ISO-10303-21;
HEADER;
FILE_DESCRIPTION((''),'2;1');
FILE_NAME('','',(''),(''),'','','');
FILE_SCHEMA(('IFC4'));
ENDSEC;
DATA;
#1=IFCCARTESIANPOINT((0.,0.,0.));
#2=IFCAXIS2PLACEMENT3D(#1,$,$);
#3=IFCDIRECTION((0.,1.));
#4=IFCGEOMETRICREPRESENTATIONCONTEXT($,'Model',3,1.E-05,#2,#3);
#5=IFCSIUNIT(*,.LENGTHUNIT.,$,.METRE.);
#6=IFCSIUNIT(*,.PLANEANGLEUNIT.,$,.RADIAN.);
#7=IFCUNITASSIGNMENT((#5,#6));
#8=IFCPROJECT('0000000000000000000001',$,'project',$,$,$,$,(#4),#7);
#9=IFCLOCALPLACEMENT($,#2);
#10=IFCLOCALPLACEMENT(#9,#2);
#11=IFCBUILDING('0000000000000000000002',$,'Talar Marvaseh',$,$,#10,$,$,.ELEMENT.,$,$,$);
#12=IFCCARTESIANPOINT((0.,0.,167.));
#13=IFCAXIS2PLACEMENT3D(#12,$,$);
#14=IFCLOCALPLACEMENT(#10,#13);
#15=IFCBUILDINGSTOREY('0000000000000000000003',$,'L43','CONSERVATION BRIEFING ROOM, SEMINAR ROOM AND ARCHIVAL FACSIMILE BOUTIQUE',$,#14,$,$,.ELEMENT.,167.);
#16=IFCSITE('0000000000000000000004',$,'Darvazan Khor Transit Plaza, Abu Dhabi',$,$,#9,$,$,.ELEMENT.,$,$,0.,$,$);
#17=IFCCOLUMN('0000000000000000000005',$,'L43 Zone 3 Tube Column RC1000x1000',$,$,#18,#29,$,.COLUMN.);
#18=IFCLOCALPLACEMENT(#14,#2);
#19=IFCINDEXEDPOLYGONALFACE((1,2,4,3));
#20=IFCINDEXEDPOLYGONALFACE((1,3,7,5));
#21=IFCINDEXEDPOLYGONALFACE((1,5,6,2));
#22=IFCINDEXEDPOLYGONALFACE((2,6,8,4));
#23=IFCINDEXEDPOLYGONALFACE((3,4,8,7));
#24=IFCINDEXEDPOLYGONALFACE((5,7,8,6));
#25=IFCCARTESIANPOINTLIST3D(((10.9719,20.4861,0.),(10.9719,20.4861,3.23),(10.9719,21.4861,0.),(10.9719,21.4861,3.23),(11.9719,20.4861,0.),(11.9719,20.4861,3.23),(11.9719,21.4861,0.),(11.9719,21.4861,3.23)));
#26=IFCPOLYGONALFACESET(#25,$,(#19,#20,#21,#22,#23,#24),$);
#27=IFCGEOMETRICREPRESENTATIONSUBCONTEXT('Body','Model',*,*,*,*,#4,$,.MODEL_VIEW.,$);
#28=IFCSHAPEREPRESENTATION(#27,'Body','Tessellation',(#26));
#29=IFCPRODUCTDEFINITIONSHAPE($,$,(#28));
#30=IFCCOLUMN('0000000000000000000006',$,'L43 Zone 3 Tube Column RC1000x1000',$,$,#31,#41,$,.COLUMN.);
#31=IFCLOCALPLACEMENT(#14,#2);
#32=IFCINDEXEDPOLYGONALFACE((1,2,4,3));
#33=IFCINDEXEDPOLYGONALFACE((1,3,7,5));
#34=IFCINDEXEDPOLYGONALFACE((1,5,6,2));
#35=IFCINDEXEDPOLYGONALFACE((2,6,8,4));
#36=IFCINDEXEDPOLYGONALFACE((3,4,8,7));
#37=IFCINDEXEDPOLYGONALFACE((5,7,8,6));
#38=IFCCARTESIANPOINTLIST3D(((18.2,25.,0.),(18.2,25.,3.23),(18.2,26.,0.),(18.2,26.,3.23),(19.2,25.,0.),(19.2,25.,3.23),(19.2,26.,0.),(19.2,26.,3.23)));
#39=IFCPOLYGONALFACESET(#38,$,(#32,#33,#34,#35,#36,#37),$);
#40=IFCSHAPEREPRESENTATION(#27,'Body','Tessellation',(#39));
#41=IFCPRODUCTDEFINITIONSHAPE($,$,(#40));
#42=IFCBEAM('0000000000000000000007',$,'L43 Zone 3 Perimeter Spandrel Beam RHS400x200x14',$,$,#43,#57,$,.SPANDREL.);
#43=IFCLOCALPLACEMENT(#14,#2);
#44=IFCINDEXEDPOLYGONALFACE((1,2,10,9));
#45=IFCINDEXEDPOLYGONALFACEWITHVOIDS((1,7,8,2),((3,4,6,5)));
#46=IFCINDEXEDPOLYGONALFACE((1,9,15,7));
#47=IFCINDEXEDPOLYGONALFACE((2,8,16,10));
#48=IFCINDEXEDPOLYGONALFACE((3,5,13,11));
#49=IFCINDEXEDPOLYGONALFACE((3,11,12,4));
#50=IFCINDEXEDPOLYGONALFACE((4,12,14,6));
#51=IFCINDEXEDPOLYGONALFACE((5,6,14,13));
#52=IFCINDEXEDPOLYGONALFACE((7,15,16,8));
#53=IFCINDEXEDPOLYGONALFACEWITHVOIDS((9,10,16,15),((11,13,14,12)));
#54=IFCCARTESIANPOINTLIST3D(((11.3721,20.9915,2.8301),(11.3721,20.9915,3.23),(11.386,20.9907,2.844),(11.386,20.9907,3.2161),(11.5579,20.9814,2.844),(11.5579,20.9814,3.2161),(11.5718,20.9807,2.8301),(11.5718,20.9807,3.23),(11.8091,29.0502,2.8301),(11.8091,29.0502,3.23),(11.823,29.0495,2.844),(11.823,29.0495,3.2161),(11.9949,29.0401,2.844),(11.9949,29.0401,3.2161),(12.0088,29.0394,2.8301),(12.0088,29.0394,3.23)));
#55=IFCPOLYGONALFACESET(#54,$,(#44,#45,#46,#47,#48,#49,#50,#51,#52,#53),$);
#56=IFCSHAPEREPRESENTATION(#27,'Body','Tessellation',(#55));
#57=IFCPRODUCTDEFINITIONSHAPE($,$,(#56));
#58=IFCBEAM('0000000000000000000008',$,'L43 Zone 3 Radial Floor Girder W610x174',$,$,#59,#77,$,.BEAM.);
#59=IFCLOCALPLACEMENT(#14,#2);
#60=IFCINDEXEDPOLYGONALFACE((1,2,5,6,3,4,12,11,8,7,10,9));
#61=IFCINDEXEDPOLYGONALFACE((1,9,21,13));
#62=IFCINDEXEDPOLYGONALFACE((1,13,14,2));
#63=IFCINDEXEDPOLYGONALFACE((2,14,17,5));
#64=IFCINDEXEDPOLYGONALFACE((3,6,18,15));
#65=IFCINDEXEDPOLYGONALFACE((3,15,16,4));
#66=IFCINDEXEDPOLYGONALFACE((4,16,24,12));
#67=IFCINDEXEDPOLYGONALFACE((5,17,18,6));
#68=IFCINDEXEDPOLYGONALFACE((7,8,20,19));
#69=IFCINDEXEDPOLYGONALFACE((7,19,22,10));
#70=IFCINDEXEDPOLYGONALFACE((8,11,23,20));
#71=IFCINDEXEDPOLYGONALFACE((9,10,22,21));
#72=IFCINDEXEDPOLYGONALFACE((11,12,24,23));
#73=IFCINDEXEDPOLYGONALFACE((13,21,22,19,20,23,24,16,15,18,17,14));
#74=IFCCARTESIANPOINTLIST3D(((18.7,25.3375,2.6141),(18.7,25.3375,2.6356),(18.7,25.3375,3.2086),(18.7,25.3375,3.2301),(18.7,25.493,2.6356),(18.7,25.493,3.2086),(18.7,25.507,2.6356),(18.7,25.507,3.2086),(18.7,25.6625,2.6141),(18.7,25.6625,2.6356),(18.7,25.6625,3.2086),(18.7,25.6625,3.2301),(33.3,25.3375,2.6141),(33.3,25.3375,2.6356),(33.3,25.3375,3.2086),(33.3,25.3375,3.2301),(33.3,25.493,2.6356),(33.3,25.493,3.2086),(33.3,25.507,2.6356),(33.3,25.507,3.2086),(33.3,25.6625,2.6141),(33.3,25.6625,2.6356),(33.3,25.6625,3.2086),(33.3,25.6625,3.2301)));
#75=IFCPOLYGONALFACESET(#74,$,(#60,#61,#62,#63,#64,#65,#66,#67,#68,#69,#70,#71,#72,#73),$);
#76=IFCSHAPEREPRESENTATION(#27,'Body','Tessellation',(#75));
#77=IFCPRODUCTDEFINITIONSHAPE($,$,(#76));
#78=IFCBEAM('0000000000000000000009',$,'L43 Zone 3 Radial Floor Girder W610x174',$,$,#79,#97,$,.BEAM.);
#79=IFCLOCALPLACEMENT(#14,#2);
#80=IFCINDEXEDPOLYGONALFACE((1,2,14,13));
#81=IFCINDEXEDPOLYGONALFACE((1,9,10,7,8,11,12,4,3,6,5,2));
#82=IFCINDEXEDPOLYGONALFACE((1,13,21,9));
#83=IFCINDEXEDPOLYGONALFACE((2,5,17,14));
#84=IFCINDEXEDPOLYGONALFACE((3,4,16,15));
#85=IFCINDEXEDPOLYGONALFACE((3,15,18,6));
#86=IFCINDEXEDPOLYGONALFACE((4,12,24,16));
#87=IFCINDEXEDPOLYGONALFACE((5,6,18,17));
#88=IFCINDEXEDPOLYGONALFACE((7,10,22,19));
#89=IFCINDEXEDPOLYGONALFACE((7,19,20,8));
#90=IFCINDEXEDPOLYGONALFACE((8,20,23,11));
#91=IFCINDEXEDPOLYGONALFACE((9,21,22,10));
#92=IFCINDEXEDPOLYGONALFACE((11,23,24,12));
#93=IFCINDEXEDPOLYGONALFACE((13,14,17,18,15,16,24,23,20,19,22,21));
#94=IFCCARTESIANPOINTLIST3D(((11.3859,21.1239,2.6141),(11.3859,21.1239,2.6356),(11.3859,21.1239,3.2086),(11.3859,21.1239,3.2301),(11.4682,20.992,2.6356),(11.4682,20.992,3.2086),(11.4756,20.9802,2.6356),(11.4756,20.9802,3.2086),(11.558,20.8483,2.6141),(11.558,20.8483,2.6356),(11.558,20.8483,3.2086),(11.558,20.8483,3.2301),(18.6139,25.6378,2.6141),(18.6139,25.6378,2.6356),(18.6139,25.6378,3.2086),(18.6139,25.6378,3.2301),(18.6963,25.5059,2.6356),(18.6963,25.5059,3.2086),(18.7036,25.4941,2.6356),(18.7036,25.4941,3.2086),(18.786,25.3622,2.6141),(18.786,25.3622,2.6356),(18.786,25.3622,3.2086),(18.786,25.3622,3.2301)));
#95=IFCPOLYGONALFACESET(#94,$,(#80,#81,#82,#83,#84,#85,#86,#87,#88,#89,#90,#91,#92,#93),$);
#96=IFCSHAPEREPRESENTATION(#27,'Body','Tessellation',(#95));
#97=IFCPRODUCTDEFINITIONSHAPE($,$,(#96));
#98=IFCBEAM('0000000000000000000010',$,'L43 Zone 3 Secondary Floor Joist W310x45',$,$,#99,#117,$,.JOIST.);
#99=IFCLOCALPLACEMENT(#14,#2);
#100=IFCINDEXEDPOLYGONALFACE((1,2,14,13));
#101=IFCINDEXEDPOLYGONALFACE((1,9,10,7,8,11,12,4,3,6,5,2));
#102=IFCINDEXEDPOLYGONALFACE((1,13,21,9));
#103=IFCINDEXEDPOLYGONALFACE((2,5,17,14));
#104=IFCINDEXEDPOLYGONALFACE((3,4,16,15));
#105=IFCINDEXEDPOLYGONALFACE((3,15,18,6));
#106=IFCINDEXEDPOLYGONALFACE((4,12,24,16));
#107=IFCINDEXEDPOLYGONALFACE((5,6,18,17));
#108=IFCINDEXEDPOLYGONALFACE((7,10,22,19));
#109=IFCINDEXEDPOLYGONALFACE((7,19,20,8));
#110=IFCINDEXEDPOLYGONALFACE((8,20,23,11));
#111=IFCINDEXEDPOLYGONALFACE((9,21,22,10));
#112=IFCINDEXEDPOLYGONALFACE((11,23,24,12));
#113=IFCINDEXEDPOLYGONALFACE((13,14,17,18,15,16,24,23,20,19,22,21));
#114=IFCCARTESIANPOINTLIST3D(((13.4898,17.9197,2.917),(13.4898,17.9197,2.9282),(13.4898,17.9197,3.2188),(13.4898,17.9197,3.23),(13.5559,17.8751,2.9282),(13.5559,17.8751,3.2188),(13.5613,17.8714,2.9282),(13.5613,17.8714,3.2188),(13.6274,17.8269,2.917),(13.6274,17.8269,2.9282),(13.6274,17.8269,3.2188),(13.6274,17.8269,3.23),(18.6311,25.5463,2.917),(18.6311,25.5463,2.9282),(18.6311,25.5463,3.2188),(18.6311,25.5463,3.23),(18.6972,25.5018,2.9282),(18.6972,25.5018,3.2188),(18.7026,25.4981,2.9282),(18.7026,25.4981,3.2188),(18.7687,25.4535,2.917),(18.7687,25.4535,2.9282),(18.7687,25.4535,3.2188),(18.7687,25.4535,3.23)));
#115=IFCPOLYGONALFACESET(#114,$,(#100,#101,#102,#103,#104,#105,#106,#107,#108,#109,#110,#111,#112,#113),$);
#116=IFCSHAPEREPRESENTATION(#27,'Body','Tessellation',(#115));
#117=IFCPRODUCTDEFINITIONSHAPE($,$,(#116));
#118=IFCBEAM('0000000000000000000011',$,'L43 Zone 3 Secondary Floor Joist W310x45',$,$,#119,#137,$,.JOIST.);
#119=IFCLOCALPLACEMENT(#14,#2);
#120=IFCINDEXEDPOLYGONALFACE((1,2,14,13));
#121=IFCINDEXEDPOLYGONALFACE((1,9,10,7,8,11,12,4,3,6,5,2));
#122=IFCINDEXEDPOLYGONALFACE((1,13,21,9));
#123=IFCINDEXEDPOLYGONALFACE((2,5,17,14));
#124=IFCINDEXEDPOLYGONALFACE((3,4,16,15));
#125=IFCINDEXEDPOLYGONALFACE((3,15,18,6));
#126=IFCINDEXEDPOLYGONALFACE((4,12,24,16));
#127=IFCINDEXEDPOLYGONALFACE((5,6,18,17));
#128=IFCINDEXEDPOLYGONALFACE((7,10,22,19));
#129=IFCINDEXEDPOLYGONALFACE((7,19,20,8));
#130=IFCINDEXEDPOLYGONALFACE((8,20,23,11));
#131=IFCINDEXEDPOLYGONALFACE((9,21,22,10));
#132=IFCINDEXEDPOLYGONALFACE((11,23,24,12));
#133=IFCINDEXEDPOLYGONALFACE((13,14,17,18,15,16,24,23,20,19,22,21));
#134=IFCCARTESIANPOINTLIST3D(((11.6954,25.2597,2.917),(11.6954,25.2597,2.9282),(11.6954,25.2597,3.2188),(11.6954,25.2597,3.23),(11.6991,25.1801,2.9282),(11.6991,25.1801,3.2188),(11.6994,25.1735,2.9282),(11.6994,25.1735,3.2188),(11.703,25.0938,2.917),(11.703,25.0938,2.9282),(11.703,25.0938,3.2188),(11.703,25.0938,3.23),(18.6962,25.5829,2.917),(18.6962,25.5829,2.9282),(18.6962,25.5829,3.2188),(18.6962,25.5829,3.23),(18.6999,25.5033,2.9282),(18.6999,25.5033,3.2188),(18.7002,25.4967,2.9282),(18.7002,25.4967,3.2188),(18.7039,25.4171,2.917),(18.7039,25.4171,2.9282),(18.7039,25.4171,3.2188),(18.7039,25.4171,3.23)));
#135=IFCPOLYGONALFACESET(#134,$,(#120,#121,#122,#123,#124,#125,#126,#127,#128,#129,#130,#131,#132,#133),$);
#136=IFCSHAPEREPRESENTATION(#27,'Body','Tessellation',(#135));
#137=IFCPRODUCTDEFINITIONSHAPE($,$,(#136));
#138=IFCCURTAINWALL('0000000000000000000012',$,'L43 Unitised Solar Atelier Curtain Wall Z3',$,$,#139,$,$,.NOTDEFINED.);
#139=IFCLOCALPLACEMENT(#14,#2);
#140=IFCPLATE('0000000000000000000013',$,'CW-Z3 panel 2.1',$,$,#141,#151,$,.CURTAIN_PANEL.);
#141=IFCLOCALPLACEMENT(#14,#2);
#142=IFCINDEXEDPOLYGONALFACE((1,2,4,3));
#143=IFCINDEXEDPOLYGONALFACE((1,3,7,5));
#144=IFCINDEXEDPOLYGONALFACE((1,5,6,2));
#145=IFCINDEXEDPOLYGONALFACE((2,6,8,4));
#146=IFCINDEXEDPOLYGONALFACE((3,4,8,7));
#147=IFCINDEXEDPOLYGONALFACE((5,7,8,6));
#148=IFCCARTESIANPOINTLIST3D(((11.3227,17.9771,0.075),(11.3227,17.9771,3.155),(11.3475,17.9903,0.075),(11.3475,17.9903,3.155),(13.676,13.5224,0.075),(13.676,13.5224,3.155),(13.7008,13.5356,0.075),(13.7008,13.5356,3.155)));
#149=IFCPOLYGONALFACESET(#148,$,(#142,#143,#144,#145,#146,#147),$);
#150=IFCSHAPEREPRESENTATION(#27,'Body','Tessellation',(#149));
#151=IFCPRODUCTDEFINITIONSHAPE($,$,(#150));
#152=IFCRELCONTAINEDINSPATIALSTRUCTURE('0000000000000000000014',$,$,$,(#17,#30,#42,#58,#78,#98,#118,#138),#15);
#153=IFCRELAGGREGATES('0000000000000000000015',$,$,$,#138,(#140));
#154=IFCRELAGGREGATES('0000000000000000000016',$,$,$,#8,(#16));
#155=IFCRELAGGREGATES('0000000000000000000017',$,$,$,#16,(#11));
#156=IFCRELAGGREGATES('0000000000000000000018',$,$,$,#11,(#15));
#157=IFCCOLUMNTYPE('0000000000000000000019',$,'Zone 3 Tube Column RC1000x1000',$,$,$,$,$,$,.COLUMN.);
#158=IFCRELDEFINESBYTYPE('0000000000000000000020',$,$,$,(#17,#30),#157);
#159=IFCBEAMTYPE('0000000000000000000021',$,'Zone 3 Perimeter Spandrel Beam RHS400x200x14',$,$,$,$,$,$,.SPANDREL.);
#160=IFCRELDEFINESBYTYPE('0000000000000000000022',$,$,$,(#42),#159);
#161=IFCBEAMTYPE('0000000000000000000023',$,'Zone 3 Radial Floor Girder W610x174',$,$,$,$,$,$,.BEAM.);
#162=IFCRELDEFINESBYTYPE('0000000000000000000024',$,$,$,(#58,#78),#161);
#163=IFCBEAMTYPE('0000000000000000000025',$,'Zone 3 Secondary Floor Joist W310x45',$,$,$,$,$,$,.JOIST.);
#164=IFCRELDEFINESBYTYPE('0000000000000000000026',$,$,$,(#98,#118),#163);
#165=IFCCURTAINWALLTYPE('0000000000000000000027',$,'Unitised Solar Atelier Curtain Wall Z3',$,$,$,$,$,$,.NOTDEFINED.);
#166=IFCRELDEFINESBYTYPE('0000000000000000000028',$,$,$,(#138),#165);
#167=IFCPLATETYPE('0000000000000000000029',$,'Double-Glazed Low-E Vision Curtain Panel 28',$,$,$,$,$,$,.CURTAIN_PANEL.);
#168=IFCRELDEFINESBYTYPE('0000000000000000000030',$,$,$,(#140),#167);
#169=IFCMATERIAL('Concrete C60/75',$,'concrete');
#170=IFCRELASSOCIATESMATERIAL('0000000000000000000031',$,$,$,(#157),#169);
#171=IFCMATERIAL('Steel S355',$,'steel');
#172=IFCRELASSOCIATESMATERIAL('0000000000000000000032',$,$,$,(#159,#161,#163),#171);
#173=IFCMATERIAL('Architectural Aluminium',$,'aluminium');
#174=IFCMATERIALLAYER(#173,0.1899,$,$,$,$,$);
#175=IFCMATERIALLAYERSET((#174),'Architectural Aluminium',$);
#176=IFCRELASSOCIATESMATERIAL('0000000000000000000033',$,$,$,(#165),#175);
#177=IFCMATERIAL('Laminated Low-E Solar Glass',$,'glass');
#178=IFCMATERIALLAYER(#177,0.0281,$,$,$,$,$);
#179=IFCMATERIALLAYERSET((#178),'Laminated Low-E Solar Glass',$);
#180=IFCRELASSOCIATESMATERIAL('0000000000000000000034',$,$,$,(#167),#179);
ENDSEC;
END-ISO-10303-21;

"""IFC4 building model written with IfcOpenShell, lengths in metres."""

from ifc_helpers import new_model, si_unit, direction, frame, origin, origin_2d, place, context, subcontext, project, spatial, rectangle, hollow_rectangle, i_section, extrude, source, transform, mapped, material, layer, layer_set, material_profile, profile_set, type_object, type_shapes, element, aggregate, save


model = new_model("IFC4")

# Units and contexts
model_context = context("Model", 3, precision=1e-05, world=origin(), true_north=direction((0.0, 1.0)))
body_context = subcontext(model_context, "Body", "Model", "MODEL_VIEW")
ifc_project = project(units=[si_unit("LENGTHUNIT", "METRE"), si_unit("PLANEANGLEUNIT", "RADIAN")], contexts=[model_context])

# Site, building, storey
site_placement = place(None, origin())
site = spatial("IfcSite", under=ifc_project, at=site_placement, Name="Darvazan Khor Transit Plaza, Abu Dhabi", CompositionType="ELEMENT", RefElevation=0.0)
building_placement = place(site_placement, origin())
building = spatial("IfcBuilding", under=site, at=building_placement, Name="Talar Marvaseh", CompositionType="ELEMENT")
storey_placement = place(building_placement, frame((0.0, 0.0, 167.0)))
storey = spatial("IfcBuildingStorey", under=building, at=storey_placement, Name="L43", Description="CONSERVATION BRIEFING ROOM, SEMINAR ROOM AND ARCHIVAL FACSIMILE BOUTIQUE", CompositionType="ELEMENT", Elevation=167.0)

# Columns
ifc_material_1 = material(Name="Concrete C60/75", Category="concrete")
ifc_material_profile_1 = material_profile(ifc_material_1, rectangle(XDim=1.0, YDim=1.0, at=origin_2d()), Name="RC1000x1000")
ifc_profile_set_1 = profile_set([ifc_material_profile_1], Name="Concrete C60/75")
column_type = type_object("IfcColumnType", Name="Zone 3 Tube Column RC1000x1000", PredefinedType="COLUMN", material=ifc_profile_set_1)
for number, where, z_axis, x_axis, name in (
    (1, (11.4719, 20.9861, 0.0), (0.0, 0.0, 1.0), (1.0, 0.0, 0.0), "L43 Zone 3 Tube Column RC1000x1000"),
    (2, (18.7, 25.5, 0.0), (0.0, 0.0, 1.0), (1.0, 0.0, 0.0), "L43 Zone 3 Tube Column RC1000x1000"),
):
    element("IfcColumn", number, at=place(storey_placement, frame(where, z_axis=z_axis, x_axis=x_axis)), inside=storey, type_object=column_type, Name=name, PredefinedType="COLUMN", context=body_context, shape_type="SweptSolid", body=[
        extrude(rectangle(XDim=1.0, YDim=1.0, at=origin_2d()), origin(), (0.0, 0.0, 1.0), 3.23),
    ])

# Beams
ifc_material_2 = material(Name="Steel S355", Category="steel")
ifc_material_profile_2 = material_profile(ifc_material_2, hollow_rectangle(XDim=0.2, YDim=0.3999, WallThickness=0.0139, at=origin_2d()), Name="RHS400x200x14")
ifc_profile_set_2 = profile_set([ifc_material_profile_2], Name="Steel S355")
beam_type_1 = type_object("IfcBeamType", Name="Zone 3 Perimeter Spandrel Beam RHS400x200x14", PredefinedType="SPANDREL", material=ifc_profile_set_2)
beam_1_placement = place(storey_placement, frame((11.4719, 20.9861, 3.03), z_axis=(0.054148, 0.998533, 0.0), x_axis=(-0.998533, 0.054148, 0.0)))
element("IfcBeam", 3, at=beam_1_placement, inside=storey, type_object=beam_type_1, Name="L43 Zone 3 Perimeter Spandrel Beam RHS400x200x14", PredefinedType="SPANDREL", context=body_context, shape_type="SweptSolid", body=[
    extrude(hollow_rectangle(XDim=0.2, YDim=0.3999, WallThickness=0.0139, at=origin_2d()), origin(), (0.0, 0.0, 1.0), 8.0706),
])
ifc_material_profile_3 = material_profile(ifc_material_2, i_section(OverallWidth=0.325, OverallDepth=0.616, WebThickness=0.0139, FlangeThickness=0.0215, at=origin_2d()), Name="W610x174")
ifc_profile_set_3 = profile_set([ifc_material_profile_3], Name="Steel S355")
beam_type_2 = type_object("IfcBeamType", Name="Zone 3 Radial Floor Girder W610x174", PredefinedType="BEAM", material=ifc_profile_set_3)
beam_2_placement = place(storey_placement, frame((18.7, 25.5, 2.9221), z_axis=(1.0, 0.0, 0.0), x_axis=(0.0, 1.0, 0.0)))
element("IfcBeam", 4, at=beam_2_placement, inside=storey, type_object=beam_type_2, Name="L43 Zone 3 Radial Floor Girder W610x174", PredefinedType="BEAM", context=body_context, shape_type="SweptSolid", body=[
    extrude(i_section(OverallWidth=0.325, OverallDepth=0.616, WebThickness=0.0139, FlangeThickness=0.0215, at=origin_2d()), origin(), (0.0, 0.0, 1.0), 14.6001),
])
beam_3_placement = place(storey_placement, frame((11.4719, 20.9861, 2.9221), z_axis=(0.848188, 0.529695, 0.0), x_axis=(-0.529695, 0.848188, 0.0)))
element("IfcBeam", 5, at=beam_3_placement, inside=storey, type_object=beam_type_2, Name="L43 Zone 3 Radial Floor Girder W610x174", PredefinedType="BEAM", context=body_context, shape_type="SweptSolid", body=[
    extrude(i_section(OverallWidth=0.325, OverallDepth=0.616, WebThickness=0.0139, FlangeThickness=0.0215, at=origin_2d()), origin(), (0.0, 0.0, 1.0), 8.5217),
])
ifc_material_profile_4 = material_profile(ifc_material_2, i_section(OverallWidth=0.166, OverallDepth=0.313, WebThickness=0.0066, FlangeThickness=0.0112, at=origin_2d()), Name="W310x45")
ifc_profile_set_4 = profile_set([ifc_material_profile_4], Name="Steel S355")
beam_type_3 = type_object("IfcBeamType", Name="Zone 3 Secondary Floor Joist W310x45", PredefinedType="JOIST", material=ifc_profile_set_4)
beam_4_placement = place(storey_placement, frame((13.5586, 17.8733, 3.0735), z_axis=(0.558974, 0.829185, 0.0), x_axis=(-0.829185, 0.558974, 0.0)))
element("IfcBeam", 6, at=beam_4_placement, inside=storey, type_object=beam_type_3, Name="L43 Zone 3 Secondary Floor Joist W310x45", PredefinedType="JOIST", context=body_context, shape_type="SweptSolid", body=[
    extrude(i_section(OverallWidth=0.166, OverallDepth=0.313, WebThickness=0.0066, FlangeThickness=0.0112, at=origin_2d()), origin(), (0.0, 0.0, 1.0), 9.1978),
])
beam_5_placement = place(storey_placement, frame((11.6992, 25.1768, 3.0735), z_axis=(0.998936, 0.046123, 0.0), x_axis=(-0.046123, 0.998936, 0.0)))
element("IfcBeam", 7, at=beam_5_placement, inside=storey, type_object=beam_type_3, Name="L43 Zone 3 Secondary Floor Joist W310x45", PredefinedType="JOIST", context=body_context, shape_type="SweptSolid", body=[
    extrude(i_section(OverallWidth=0.166, OverallDepth=0.313, WebThickness=0.0066, FlangeThickness=0.0112, at=origin_2d()), origin(), (0.0, 0.0, 1.0), 7.0083),
])

# Curtain wall, plate
ifc_material_3 = material(Name="Architectural Aluminium", Category="aluminium")
ifc_layer_1 = layer(ifc_material_3, 0.1899)
ifc_layer_set_1 = layer_set([ifc_layer_1], Name="Architectural Aluminium")
curtain_wall_type = type_object("IfcCurtainWallType", Name="Unitised Solar Atelier Curtain Wall Z3", PredefinedType="NOTDEFINED", material=ifc_layer_set_1)
curtain_wall_placement = place(storey_placement, origin())
curtain_wall = element("IfcCurtainWall", 8, at=curtain_wall_placement, inside=storey, type_object=curtain_wall_type, Name="L43 Unitised Solar Atelier Curtain Wall Z3", PredefinedType="NOTDEFINED")
ifc_material_4 = material(Name="Laminated Low-E Solar Glass", Category="glass")
ifc_layer_2 = layer(ifc_material_4, 0.0281)
ifc_layer_set_2 = layer_set([ifc_layer_2], Name="Laminated Low-E Solar Glass")
plate_type = type_object("IfcPlateType", Name="Double-Glazed Low-E Vision Curtain Panel 28", PredefinedType="CURTAIN_PANEL", material=ifc_layer_set_2)
shared_shape_1 = source(origin(), body_context, "Body", "SweptSolid", [
    extrude(rectangle(XDim=5.0381, YDim=0.0281, at=origin_2d()), origin(), (0.0, 0.0, 1.0), 3.0801),
])
type_shapes(plate_type, [shared_shape_1])
plate_placement = place(storey_placement, frame((12.5117, 15.7563, 0.075), z_axis=(0.0, 0.0, 1.0), x_axis=(-0.4671, 0.884204, 0.0)))
plate = element("IfcPlate", 9, at=plate_placement, type_object=plate_type, Name="CW-Z3 panel 2.1", PredefinedType="CURTAIN_PANEL", context=body_context, shape_type="MappedRepresentation", body=[
    mapped(shared_shape_1, transform((0.0, 0.0, 0.0), x_axis=(1.0, 0.0, 0.0), y_axis=(0.0, 1.0, 0.0), z_axis=(0.0, 0.0, 1.0), scale=1.0)),
])
aggregate(curtain_wall, [plate])

save(model, "model.ifc")
